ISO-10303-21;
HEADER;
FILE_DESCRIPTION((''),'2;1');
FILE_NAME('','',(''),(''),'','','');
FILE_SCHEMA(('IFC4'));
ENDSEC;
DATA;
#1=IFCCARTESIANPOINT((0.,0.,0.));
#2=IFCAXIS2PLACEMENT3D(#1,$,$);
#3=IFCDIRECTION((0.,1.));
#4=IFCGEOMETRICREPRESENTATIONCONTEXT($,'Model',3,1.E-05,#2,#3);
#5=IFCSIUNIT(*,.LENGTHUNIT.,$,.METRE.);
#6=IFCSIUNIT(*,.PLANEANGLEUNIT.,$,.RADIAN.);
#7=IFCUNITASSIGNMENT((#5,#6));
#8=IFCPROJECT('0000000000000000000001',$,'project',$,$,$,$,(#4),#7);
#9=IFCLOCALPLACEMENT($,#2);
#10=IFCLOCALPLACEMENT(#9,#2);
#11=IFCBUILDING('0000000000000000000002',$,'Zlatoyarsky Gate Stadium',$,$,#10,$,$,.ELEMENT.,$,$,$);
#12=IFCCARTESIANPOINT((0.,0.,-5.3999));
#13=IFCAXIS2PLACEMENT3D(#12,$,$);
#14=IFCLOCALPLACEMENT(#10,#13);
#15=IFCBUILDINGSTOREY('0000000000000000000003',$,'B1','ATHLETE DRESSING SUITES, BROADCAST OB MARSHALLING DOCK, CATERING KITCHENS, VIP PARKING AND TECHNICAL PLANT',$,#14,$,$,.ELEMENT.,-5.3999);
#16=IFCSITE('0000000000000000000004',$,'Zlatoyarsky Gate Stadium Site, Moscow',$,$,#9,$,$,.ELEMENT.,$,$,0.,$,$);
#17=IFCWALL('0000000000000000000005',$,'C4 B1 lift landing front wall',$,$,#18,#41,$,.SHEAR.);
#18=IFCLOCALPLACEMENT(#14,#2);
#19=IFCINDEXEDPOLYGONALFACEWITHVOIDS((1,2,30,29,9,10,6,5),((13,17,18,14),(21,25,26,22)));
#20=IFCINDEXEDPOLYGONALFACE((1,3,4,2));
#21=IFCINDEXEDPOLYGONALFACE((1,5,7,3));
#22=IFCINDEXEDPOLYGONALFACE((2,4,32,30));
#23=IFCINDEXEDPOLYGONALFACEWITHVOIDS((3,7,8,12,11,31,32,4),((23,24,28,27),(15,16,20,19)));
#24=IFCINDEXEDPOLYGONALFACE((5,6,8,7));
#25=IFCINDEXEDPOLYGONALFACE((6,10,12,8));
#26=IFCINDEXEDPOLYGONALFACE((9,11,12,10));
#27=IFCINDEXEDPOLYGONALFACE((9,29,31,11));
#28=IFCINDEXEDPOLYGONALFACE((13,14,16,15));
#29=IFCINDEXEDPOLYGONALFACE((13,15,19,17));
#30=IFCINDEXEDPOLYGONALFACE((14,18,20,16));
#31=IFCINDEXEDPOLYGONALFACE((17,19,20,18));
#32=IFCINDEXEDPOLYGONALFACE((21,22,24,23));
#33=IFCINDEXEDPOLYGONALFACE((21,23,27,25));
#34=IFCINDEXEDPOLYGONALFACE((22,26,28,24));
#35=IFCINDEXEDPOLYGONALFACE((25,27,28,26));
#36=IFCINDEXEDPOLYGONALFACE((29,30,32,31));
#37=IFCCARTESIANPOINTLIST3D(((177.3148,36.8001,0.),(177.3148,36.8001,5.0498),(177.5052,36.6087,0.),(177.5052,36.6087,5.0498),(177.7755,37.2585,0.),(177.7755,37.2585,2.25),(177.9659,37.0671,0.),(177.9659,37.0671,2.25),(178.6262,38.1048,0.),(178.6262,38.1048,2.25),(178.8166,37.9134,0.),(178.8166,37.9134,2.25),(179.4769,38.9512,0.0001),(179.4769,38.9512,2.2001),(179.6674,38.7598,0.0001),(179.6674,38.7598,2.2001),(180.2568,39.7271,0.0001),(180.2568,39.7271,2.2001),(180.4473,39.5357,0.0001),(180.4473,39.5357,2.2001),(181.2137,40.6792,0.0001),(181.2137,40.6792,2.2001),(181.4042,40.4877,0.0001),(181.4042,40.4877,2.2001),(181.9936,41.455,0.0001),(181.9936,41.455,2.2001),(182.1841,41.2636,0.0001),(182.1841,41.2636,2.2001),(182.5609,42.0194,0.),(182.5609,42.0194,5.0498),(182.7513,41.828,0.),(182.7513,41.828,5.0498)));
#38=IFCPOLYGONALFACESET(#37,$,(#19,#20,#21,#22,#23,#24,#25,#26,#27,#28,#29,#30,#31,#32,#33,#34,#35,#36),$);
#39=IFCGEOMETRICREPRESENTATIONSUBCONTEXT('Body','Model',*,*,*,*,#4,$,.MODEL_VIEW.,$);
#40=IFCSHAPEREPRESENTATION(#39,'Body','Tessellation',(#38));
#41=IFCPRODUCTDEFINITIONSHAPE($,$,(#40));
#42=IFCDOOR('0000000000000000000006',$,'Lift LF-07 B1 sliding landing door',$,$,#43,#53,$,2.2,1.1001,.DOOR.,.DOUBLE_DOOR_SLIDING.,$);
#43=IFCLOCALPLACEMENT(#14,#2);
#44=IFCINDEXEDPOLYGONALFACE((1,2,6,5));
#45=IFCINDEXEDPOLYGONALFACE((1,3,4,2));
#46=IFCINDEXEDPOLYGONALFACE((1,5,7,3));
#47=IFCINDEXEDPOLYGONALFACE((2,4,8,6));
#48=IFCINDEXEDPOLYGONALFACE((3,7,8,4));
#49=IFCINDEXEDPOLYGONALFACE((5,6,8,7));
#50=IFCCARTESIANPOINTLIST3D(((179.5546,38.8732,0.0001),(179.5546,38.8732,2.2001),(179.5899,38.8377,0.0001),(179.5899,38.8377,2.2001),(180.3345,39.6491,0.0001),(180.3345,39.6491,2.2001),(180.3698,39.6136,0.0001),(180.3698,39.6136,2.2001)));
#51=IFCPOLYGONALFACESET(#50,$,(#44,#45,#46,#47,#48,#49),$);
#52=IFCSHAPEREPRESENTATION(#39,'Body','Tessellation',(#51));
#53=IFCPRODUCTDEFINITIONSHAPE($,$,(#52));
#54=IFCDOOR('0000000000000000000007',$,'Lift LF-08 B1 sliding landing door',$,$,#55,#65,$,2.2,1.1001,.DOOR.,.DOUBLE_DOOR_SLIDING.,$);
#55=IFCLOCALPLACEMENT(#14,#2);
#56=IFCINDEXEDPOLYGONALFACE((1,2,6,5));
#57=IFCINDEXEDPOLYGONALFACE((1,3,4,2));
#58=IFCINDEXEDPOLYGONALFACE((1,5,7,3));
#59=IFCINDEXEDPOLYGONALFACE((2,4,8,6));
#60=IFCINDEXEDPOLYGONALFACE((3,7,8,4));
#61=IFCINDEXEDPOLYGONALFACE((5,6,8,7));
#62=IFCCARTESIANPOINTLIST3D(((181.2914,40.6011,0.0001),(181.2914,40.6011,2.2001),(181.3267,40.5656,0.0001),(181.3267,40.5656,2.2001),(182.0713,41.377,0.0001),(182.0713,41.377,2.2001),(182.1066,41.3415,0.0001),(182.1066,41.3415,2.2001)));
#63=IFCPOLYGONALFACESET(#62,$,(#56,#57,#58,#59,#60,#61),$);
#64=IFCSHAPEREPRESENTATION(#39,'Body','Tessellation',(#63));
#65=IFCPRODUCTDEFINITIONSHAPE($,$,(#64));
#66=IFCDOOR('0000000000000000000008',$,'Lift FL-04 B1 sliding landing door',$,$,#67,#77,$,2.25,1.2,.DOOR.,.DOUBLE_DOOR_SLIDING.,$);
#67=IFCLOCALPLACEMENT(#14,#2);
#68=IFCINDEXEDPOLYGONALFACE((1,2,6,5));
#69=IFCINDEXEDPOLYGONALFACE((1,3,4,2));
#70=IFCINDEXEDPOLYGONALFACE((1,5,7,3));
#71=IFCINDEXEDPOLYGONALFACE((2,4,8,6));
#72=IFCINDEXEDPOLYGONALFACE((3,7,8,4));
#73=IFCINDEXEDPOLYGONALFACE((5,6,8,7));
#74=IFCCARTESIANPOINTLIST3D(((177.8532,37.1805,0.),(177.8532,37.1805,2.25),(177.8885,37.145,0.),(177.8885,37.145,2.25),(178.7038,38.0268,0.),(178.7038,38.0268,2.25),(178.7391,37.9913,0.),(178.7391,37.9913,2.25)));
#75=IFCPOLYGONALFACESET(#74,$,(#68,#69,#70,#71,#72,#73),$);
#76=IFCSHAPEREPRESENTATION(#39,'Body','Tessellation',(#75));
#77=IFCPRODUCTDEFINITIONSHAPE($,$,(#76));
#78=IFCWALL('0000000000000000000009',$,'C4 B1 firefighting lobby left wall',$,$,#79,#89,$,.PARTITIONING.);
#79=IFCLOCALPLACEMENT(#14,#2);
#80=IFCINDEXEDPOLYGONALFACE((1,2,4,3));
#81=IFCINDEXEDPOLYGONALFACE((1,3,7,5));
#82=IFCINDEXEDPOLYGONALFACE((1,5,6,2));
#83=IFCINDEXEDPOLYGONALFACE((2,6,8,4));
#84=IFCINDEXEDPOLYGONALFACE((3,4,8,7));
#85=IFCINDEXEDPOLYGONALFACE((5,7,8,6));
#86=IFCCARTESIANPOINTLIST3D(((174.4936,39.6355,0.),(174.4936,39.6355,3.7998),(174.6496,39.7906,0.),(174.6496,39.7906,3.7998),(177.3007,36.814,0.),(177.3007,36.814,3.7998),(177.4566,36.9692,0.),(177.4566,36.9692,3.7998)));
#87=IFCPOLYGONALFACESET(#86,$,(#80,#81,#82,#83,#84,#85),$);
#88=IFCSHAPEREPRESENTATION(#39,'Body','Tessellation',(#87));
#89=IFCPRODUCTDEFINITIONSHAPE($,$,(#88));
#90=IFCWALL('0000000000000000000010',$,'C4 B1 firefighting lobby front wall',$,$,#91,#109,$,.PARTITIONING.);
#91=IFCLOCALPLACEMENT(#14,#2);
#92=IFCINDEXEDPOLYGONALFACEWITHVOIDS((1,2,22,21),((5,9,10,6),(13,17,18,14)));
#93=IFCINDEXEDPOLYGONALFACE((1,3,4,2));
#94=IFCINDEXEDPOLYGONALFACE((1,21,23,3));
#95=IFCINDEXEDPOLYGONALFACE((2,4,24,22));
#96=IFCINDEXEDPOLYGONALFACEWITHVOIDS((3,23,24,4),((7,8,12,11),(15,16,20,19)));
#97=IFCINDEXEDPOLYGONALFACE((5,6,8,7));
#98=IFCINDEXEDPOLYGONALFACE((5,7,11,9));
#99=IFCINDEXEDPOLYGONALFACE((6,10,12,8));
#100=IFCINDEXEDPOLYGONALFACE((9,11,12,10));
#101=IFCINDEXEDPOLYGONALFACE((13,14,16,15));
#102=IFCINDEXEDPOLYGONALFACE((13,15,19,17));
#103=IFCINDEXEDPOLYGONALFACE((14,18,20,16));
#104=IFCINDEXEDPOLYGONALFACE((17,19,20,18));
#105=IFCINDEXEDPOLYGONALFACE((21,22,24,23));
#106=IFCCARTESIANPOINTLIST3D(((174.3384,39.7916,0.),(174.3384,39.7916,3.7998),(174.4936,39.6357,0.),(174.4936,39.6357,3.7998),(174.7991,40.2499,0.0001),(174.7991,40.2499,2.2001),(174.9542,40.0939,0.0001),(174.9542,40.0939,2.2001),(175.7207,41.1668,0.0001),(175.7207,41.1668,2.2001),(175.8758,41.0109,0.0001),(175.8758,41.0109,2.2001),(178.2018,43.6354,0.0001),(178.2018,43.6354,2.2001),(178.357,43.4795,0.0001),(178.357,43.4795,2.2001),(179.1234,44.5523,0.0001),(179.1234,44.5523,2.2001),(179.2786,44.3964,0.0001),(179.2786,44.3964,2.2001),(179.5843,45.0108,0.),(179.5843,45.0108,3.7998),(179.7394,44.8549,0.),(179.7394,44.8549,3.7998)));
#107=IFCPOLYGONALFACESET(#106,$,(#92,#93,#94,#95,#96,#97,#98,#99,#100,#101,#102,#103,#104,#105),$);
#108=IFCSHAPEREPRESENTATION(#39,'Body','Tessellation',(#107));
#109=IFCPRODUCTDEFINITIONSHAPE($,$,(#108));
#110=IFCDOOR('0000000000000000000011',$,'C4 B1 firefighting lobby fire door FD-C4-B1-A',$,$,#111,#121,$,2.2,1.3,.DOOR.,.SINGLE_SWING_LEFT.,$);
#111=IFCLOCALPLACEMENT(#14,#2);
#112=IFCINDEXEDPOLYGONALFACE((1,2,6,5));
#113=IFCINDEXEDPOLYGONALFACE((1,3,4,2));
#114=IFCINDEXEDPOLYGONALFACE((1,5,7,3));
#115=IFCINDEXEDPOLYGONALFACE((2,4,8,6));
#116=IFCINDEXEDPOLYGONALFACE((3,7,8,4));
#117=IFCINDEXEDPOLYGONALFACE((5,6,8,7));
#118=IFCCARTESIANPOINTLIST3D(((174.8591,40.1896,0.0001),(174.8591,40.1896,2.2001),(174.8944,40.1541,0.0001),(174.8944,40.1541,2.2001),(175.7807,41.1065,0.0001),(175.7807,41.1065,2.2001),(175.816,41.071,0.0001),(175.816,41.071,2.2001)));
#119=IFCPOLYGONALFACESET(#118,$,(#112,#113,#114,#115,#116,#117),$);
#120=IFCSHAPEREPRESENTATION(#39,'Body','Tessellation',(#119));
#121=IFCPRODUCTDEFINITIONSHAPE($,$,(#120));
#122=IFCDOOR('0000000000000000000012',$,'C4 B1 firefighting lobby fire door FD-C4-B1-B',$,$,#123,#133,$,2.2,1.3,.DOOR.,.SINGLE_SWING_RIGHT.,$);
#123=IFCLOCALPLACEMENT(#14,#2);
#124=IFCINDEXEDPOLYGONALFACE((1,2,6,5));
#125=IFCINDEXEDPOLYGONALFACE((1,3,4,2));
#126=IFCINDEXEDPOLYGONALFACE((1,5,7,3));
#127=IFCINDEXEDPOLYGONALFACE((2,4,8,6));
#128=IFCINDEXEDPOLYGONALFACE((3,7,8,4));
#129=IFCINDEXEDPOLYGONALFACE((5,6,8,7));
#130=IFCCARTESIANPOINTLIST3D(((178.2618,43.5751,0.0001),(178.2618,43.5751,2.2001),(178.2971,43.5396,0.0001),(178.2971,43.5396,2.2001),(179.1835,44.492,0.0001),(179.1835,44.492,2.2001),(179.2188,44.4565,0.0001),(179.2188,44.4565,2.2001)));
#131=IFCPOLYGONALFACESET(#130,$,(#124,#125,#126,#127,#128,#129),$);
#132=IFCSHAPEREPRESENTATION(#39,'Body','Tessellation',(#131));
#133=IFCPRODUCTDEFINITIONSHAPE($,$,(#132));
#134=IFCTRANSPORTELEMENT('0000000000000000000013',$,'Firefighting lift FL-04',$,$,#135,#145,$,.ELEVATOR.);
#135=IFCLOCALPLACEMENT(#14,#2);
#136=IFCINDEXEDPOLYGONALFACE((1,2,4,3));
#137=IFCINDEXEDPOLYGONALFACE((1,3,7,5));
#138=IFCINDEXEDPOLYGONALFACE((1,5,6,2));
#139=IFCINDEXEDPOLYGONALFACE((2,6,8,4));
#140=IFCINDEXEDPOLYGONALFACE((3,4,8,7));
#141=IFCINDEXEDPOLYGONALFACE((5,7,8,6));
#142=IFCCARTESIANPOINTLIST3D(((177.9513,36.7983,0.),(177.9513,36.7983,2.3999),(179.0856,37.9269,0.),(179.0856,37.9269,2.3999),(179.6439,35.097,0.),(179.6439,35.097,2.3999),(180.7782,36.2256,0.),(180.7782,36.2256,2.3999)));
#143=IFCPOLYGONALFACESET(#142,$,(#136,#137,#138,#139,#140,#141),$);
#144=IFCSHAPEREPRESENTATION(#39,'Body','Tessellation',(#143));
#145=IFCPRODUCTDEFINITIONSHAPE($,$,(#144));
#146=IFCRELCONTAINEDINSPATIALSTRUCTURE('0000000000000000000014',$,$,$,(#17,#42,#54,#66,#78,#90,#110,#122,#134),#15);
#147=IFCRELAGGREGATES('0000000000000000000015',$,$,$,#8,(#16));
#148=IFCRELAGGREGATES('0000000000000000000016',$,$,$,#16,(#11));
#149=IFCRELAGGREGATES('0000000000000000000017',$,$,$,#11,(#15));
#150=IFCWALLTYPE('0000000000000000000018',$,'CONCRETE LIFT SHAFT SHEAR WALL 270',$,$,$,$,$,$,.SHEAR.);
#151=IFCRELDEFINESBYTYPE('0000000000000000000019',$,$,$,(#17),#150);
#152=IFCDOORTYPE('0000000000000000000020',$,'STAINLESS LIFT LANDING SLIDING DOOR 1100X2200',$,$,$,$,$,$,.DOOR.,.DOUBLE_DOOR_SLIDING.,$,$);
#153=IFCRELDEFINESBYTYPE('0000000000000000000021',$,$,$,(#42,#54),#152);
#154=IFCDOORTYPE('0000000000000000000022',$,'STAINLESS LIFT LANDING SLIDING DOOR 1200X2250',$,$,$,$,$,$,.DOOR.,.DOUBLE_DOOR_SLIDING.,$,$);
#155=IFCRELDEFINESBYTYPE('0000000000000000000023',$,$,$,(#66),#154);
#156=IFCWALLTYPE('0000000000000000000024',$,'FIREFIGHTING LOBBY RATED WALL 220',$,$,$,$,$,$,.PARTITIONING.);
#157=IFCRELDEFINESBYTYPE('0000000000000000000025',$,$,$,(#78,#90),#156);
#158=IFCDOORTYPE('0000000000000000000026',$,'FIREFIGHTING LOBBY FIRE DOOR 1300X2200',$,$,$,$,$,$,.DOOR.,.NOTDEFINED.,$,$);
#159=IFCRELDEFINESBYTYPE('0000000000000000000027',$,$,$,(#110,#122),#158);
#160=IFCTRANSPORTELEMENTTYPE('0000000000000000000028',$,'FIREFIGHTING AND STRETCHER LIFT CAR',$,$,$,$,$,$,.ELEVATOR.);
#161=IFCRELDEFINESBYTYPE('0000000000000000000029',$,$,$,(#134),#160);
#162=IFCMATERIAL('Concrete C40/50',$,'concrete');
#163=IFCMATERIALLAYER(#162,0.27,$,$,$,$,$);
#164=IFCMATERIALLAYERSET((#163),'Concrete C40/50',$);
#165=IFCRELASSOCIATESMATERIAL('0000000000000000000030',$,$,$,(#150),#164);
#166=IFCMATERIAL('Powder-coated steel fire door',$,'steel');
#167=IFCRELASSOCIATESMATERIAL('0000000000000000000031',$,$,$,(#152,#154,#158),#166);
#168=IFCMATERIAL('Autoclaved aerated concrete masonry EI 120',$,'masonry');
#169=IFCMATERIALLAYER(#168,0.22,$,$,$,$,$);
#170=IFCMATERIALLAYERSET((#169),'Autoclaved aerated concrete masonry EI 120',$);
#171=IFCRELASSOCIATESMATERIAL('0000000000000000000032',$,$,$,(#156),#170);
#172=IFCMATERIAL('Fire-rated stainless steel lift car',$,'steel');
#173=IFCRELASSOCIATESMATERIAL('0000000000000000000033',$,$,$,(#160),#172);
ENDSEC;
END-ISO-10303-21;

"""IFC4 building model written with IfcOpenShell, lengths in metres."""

from ifc_helpers import new_model, si_unit, direction, frame, frame_2d, origin, origin_2d, place, context, subcontext, project, spatial, rectangle, extrude, material, layer, layer_set, type_object, element, fill, save


model = new_model("IFC4")

# Units and contexts
model_context = context("Model", 3, precision=1e-05, world=origin(), true_north=direction((0.0, 1.0)))
body_context = subcontext(model_context, "Body", "Model", "MODEL_VIEW")
ifc_project = project(units=[si_unit("LENGTHUNIT", "METRE"), si_unit("PLANEANGLEUNIT", "RADIAN")], contexts=[model_context])

# Site, building, storey
site_placement = place(None, origin())
site = spatial("IfcSite", under=ifc_project, at=site_placement, Name="Zlatoyarsky Gate Stadium Site, Moscow", CompositionType="ELEMENT", RefElevation=0.0)
building_placement = place(site_placement, origin())
building = spatial("IfcBuilding", under=site, at=building_placement, Name="Zlatoyarsky Gate Stadium", CompositionType="ELEMENT")
storey_placement = place(building_placement, frame((0.0, 0.0, -5.3999)))
storey = spatial("IfcBuildingStorey", under=building, at=storey_placement, Name="B1", Description="ATHLETE DRESSING SUITES, BROADCAST OB MARSHALLING DOCK, CATERING KITCHENS, VIP PARKING AND TECHNICAL PLANT", CompositionType="ELEMENT", Elevation=-5.3999)

# Shared definitions
ifc_material_1 = material(Name="Concrete C40/50", Category="concrete")

# Shared definitions
ifc_layer_1 = layer(ifc_material_1, 0.27)
ifc_layer_set_1 = layer_set([ifc_layer_1], Name="Concrete C40/50")
wall_type_1 = type_object("IfcWallType", Name="CONCRETE LIFT SHAFT SHEAR WALL 270", PredefinedType="SHEAR", material=ifc_layer_set_1)

# Wall, openings, doors
wall_1_placement = place(storey_placement, frame((177.4099, 36.7043, 0.0), z_axis=(0.0, 0.0, 1.0), x_axis=(0.708919, 0.70529, 0.0)))
wall_1 = element("IfcWall", 1, at=wall_1_placement, inside=storey, type_object=wall_type_1, Name="C4 B1 lift landing front wall", PredefinedType="SHEAR", context=body_context, shape_type="SweptSolid", body=[
    extrude(rectangle(XDim=7.4001, YDim=0.27, at=frame_2d((3.7002, 0.0))), origin(), (0.0, 0.0, 1.0), 5.0498),
])
opening_1_placement = place(wall_1_placement, frame((0.6499, 0.0, 0.0)))
opening_1 = element("IfcOpeningElement", 2, at=opening_1_placement, cuts=wall_1, PredefinedType="OPENING", context=body_context, shape_type="SweptSolid", body=[
    extrude(rectangle(XDim=1.2, YDim=2.25, at=frame_2d((0.6001, 1.125))), frame((0.0, 0.145, 0.0), z_axis=(0.0, -1.0, 0.0), x_axis=(1.0, 0.0, 0.0)), (0.0, 0.0, 1.0), 0.29),
])
opening_2_placement = place(wall_1_placement, frame((3.05, 0.0, 0.0)))
opening_2 = element("IfcOpeningElement", 3, at=opening_2_placement, cuts=wall_1, PredefinedType="OPENING", context=body_context, shape_type="SweptSolid", body=[
    extrude(rectangle(XDim=1.1001, YDim=2.2, at=frame_2d((0.55, 1.1001))), frame((0.0, 0.145, 0.0), z_axis=(0.0, -1.0, 0.0), x_axis=(1.0, 0.0, 0.0)), (0.0, 0.0, 1.0), 0.29),
])
opening_3_placement = place(wall_1_placement, frame((5.5, 0.0, 0.0)))
opening_3 = element("IfcOpeningElement", 4, at=opening_3_placement, cuts=wall_1, PredefinedType="OPENING", context=body_context, shape_type="SweptSolid", body=[
    extrude(rectangle(XDim=1.1001, YDim=2.2, at=frame_2d((0.55, 1.1001))), frame((0.0, 0.145, 0.0), z_axis=(0.0, -1.0, 0.0), x_axis=(1.0, 0.0, 0.0)), (0.0, 0.0, 1.0), 0.29),
])
ifc_material_2 = material(Name="Powder-coated steel fire door", Category="steel")
door_type_1 = type_object("IfcDoorType", Name="STAINLESS LIFT LANDING SLIDING DOOR 1100X2200", OperationType="DOUBLE_DOOR_SLIDING", PredefinedType="DOOR", material=ifc_material_2)
door_1_placement = place(opening_2_placement, origin())
door_1 = element("IfcDoor", 5, at=door_1_placement, inside=storey, type_object=door_type_1, Name="Lift LF-07 B1 sliding landing door", OperationType="DOUBLE_DOOR_SLIDING", OverallHeight=2.2, OverallWidth=1.1001, PredefinedType="DOOR", context=body_context, shape_type="SweptSolid", body=[
    extrude(rectangle(XDim=1.1001, YDim=2.2, at=frame_2d((0.55, 1.1001))), frame((0.0, 0.0249, 0.0), z_axis=(0.0, -1.0, 0.0), x_axis=(1.0, 0.0, 0.0)), (0.0, 0.0, 1.0), 0.05),
])
fill(opening_2, door_1)
door_2_placement = place(opening_3_placement, origin())
door_2 = element("IfcDoor", 6, at=door_2_placement, inside=storey, type_object=door_type_1, Name="Lift LF-08 B1 sliding landing door", OperationType="DOUBLE_DOOR_SLIDING", OverallHeight=2.2, OverallWidth=1.1001, PredefinedType="DOOR", context=body_context, shape_type="SweptSolid", body=[
    extrude(rectangle(XDim=1.1001, YDim=2.2, at=frame_2d((0.55, 1.1001))), frame((0.0, 0.0249, 0.0), z_axis=(0.0, -1.0, 0.0), x_axis=(1.0, 0.0, 0.0)), (0.0, 0.0, 1.0), 0.05),
])
fill(opening_3, door_2)
door_type_2 = type_object("IfcDoorType", Name="STAINLESS LIFT LANDING SLIDING DOOR 1200X2250", OperationType="DOUBLE_DOOR_SLIDING", PredefinedType="DOOR", material=ifc_material_2)
door_3_placement = place(opening_1_placement, origin())
door_3 = element("IfcDoor", 7, at=door_3_placement, inside=storey, type_object=door_type_2, Name="Lift FL-04 B1 sliding landing door", OperationType="DOUBLE_DOOR_SLIDING", OverallHeight=2.25, OverallWidth=1.2, PredefinedType="DOOR", context=body_context, shape_type="SweptSolid", body=[
    extrude(rectangle(XDim=1.2, YDim=2.25, at=frame_2d((0.6001, 1.125))), frame((0.0, 0.0249, 0.0), z_axis=(0.0, -1.0, 0.0), x_axis=(1.0, 0.0, 0.0)), (0.0, 0.0, 1.0), 0.05),
])
fill(opening_1, door_3)

# Wall
ifc_material_3 = material(Name="Autoclaved aerated concrete masonry EI 120", Category="masonry")
ifc_layer_2 = layer(ifc_material_3, 0.22)
ifc_layer_set_2 = layer_set([ifc_layer_2], Name="Autoclaved aerated concrete masonry EI 120")
wall_type_2 = type_object("IfcWallType", Name="FIREFIGHTING LOBBY RATED WALL 220", PredefinedType="PARTITIONING", material=ifc_layer_set_2)
wall_2_placement = place(storey_placement, frame((177.3787, 36.8916, 0.0), z_axis=(0.0, 0.0, 1.0), x_axis=(-0.705295, 0.708914, 0.0)))
element("IfcWall", 8, at=wall_2_placement, inside=storey, type_object=wall_type_2, Name="C4 B1 firefighting lobby left wall", PredefinedType="PARTITIONING", context=body_context, shape_type="SweptSolid", body=[
    extrude(rectangle(XDim=3.98, YDim=0.22, at=frame_2d((1.99, 0.0))), origin(), (0.0, 0.0, 1.0), 3.7998),
])

# Wall, openings, doors
wall_3_placement = place(storey_placement, frame((174.416, 39.7136, 0.0), z_axis=(0.0, 0.0, 1.0), x_axis=(0.708903, 0.705306, 0.0)))
wall_3 = element("IfcWall", 9, at=wall_3_placement, inside=storey, type_object=wall_type_2, Name="C4 B1 firefighting lobby front wall", PredefinedType="PARTITIONING", context=body_context, shape_type="SweptSolid", body=[
    extrude(rectangle(XDim=7.3999, YDim=0.22, at=frame_2d((3.7, 0.0))), origin(), (0.0, 0.0, 1.0), 3.7998),
])
opening_4_placement = place(wall_3_placement, frame((0.6499, 0.0, 0.0)))
opening_4 = element("IfcOpeningElement", 10, at=opening_4_placement, cuts=wall_3, PredefinedType="OPENING", context=body_context, shape_type="SweptSolid", body=[
    extrude(rectangle(XDim=1.3, YDim=2.2, at=frame_2d((0.6499, 1.1001))), frame((0.0, 0.1199, 0.0), z_axis=(0.0, -1.0, 0.0), x_axis=(1.0, 0.0, 0.0)), (0.0, 0.0, 1.0), 0.24),
])
opening_5_placement = place(wall_3_placement, frame((5.45, 0.0, 0.0)))
opening_5 = element("IfcOpeningElement", 11, at=opening_5_placement, cuts=wall_3, PredefinedType="OPENING", context=body_context, shape_type="SweptSolid", body=[
    extrude(rectangle(XDim=1.3, YDim=2.2, at=frame_2d((0.6499, 1.1001))), frame((0.0, 0.1199, 0.0), z_axis=(0.0, -1.0, 0.0), x_axis=(1.0, 0.0, 0.0)), (0.0, 0.0, 1.0), 0.24),
])
door_type_3 = type_object("IfcDoorType", Name="FIREFIGHTING LOBBY FIRE DOOR 1300X2200", OperationType="NOTDEFINED", PredefinedType="DOOR", material=ifc_material_2)
door_4_placement = place(opening_4_placement, origin())
door_4 = element("IfcDoor", 12, at=door_4_placement, inside=storey, type_object=door_type_3, Name="C4 B1 firefighting lobby fire door FD-C4-B1-A", OperationType="SINGLE_SWING_LEFT", OverallHeight=2.2, OverallWidth=1.3, PredefinedType="DOOR", context=body_context, shape_type="SweptSolid", body=[
    extrude(rectangle(XDim=1.3, YDim=2.2, at=frame_2d((0.6499, 1.1001))), frame((0.0, 0.0249, 0.0), z_axis=(0.0, -1.0, 0.0), x_axis=(1.0, 0.0, 0.0)), (0.0, 0.0, 1.0), 0.05),
])
fill(opening_4, door_4)
door_5_placement = place(opening_5_placement, origin())
door_5 = element("IfcDoor", 13, at=door_5_placement, inside=storey, type_object=door_type_3, Name="C4 B1 firefighting lobby fire door FD-C4-B1-B", OperationType="SINGLE_SWING_RIGHT", OverallHeight=2.2, OverallWidth=1.3, PredefinedType="DOOR", context=body_context, shape_type="SweptSolid", body=[
    extrude(rectangle(XDim=1.3, YDim=2.2, at=frame_2d((0.6499, 1.1001))), frame((0.0, 0.0249, 0.0), z_axis=(0.0, -1.0, 0.0), x_axis=(1.0, 0.0, 0.0)), (0.0, 0.0, 1.0), 0.05),
])
fill(opening_5, door_5)

# Transport element
ifc_material_4 = material(Name="Fire-rated stainless steel lift car", Category="steel")
transport_element_type = type_object("IfcTransportElementType", Name="FIREFIGHTING AND STRETCHER LIFT CAR", PredefinedType="ELEVATOR", material=ifc_material_4)
transport_element_placement = place(storey_placement, frame((179.3647, 36.512, 0.0), z_axis=(0.0, 0.0, 1.0), x_axis=(0.708901, 0.705308, 0.0)))
element("IfcTransportElement", 14, at=transport_element_placement, inside=storey, type_object=transport_element_type, Name="Firefighting lift FL-04", PredefinedType="ELEVATOR", context=body_context, shape_type="SweptSolid", body=[
    extrude(rectangle(XDim=1.6001, YDim=2.3999, at=origin_2d()), origin(), (0.0, 0.0, 1.0), 2.3999),
])

save(model, "model.ifc")
